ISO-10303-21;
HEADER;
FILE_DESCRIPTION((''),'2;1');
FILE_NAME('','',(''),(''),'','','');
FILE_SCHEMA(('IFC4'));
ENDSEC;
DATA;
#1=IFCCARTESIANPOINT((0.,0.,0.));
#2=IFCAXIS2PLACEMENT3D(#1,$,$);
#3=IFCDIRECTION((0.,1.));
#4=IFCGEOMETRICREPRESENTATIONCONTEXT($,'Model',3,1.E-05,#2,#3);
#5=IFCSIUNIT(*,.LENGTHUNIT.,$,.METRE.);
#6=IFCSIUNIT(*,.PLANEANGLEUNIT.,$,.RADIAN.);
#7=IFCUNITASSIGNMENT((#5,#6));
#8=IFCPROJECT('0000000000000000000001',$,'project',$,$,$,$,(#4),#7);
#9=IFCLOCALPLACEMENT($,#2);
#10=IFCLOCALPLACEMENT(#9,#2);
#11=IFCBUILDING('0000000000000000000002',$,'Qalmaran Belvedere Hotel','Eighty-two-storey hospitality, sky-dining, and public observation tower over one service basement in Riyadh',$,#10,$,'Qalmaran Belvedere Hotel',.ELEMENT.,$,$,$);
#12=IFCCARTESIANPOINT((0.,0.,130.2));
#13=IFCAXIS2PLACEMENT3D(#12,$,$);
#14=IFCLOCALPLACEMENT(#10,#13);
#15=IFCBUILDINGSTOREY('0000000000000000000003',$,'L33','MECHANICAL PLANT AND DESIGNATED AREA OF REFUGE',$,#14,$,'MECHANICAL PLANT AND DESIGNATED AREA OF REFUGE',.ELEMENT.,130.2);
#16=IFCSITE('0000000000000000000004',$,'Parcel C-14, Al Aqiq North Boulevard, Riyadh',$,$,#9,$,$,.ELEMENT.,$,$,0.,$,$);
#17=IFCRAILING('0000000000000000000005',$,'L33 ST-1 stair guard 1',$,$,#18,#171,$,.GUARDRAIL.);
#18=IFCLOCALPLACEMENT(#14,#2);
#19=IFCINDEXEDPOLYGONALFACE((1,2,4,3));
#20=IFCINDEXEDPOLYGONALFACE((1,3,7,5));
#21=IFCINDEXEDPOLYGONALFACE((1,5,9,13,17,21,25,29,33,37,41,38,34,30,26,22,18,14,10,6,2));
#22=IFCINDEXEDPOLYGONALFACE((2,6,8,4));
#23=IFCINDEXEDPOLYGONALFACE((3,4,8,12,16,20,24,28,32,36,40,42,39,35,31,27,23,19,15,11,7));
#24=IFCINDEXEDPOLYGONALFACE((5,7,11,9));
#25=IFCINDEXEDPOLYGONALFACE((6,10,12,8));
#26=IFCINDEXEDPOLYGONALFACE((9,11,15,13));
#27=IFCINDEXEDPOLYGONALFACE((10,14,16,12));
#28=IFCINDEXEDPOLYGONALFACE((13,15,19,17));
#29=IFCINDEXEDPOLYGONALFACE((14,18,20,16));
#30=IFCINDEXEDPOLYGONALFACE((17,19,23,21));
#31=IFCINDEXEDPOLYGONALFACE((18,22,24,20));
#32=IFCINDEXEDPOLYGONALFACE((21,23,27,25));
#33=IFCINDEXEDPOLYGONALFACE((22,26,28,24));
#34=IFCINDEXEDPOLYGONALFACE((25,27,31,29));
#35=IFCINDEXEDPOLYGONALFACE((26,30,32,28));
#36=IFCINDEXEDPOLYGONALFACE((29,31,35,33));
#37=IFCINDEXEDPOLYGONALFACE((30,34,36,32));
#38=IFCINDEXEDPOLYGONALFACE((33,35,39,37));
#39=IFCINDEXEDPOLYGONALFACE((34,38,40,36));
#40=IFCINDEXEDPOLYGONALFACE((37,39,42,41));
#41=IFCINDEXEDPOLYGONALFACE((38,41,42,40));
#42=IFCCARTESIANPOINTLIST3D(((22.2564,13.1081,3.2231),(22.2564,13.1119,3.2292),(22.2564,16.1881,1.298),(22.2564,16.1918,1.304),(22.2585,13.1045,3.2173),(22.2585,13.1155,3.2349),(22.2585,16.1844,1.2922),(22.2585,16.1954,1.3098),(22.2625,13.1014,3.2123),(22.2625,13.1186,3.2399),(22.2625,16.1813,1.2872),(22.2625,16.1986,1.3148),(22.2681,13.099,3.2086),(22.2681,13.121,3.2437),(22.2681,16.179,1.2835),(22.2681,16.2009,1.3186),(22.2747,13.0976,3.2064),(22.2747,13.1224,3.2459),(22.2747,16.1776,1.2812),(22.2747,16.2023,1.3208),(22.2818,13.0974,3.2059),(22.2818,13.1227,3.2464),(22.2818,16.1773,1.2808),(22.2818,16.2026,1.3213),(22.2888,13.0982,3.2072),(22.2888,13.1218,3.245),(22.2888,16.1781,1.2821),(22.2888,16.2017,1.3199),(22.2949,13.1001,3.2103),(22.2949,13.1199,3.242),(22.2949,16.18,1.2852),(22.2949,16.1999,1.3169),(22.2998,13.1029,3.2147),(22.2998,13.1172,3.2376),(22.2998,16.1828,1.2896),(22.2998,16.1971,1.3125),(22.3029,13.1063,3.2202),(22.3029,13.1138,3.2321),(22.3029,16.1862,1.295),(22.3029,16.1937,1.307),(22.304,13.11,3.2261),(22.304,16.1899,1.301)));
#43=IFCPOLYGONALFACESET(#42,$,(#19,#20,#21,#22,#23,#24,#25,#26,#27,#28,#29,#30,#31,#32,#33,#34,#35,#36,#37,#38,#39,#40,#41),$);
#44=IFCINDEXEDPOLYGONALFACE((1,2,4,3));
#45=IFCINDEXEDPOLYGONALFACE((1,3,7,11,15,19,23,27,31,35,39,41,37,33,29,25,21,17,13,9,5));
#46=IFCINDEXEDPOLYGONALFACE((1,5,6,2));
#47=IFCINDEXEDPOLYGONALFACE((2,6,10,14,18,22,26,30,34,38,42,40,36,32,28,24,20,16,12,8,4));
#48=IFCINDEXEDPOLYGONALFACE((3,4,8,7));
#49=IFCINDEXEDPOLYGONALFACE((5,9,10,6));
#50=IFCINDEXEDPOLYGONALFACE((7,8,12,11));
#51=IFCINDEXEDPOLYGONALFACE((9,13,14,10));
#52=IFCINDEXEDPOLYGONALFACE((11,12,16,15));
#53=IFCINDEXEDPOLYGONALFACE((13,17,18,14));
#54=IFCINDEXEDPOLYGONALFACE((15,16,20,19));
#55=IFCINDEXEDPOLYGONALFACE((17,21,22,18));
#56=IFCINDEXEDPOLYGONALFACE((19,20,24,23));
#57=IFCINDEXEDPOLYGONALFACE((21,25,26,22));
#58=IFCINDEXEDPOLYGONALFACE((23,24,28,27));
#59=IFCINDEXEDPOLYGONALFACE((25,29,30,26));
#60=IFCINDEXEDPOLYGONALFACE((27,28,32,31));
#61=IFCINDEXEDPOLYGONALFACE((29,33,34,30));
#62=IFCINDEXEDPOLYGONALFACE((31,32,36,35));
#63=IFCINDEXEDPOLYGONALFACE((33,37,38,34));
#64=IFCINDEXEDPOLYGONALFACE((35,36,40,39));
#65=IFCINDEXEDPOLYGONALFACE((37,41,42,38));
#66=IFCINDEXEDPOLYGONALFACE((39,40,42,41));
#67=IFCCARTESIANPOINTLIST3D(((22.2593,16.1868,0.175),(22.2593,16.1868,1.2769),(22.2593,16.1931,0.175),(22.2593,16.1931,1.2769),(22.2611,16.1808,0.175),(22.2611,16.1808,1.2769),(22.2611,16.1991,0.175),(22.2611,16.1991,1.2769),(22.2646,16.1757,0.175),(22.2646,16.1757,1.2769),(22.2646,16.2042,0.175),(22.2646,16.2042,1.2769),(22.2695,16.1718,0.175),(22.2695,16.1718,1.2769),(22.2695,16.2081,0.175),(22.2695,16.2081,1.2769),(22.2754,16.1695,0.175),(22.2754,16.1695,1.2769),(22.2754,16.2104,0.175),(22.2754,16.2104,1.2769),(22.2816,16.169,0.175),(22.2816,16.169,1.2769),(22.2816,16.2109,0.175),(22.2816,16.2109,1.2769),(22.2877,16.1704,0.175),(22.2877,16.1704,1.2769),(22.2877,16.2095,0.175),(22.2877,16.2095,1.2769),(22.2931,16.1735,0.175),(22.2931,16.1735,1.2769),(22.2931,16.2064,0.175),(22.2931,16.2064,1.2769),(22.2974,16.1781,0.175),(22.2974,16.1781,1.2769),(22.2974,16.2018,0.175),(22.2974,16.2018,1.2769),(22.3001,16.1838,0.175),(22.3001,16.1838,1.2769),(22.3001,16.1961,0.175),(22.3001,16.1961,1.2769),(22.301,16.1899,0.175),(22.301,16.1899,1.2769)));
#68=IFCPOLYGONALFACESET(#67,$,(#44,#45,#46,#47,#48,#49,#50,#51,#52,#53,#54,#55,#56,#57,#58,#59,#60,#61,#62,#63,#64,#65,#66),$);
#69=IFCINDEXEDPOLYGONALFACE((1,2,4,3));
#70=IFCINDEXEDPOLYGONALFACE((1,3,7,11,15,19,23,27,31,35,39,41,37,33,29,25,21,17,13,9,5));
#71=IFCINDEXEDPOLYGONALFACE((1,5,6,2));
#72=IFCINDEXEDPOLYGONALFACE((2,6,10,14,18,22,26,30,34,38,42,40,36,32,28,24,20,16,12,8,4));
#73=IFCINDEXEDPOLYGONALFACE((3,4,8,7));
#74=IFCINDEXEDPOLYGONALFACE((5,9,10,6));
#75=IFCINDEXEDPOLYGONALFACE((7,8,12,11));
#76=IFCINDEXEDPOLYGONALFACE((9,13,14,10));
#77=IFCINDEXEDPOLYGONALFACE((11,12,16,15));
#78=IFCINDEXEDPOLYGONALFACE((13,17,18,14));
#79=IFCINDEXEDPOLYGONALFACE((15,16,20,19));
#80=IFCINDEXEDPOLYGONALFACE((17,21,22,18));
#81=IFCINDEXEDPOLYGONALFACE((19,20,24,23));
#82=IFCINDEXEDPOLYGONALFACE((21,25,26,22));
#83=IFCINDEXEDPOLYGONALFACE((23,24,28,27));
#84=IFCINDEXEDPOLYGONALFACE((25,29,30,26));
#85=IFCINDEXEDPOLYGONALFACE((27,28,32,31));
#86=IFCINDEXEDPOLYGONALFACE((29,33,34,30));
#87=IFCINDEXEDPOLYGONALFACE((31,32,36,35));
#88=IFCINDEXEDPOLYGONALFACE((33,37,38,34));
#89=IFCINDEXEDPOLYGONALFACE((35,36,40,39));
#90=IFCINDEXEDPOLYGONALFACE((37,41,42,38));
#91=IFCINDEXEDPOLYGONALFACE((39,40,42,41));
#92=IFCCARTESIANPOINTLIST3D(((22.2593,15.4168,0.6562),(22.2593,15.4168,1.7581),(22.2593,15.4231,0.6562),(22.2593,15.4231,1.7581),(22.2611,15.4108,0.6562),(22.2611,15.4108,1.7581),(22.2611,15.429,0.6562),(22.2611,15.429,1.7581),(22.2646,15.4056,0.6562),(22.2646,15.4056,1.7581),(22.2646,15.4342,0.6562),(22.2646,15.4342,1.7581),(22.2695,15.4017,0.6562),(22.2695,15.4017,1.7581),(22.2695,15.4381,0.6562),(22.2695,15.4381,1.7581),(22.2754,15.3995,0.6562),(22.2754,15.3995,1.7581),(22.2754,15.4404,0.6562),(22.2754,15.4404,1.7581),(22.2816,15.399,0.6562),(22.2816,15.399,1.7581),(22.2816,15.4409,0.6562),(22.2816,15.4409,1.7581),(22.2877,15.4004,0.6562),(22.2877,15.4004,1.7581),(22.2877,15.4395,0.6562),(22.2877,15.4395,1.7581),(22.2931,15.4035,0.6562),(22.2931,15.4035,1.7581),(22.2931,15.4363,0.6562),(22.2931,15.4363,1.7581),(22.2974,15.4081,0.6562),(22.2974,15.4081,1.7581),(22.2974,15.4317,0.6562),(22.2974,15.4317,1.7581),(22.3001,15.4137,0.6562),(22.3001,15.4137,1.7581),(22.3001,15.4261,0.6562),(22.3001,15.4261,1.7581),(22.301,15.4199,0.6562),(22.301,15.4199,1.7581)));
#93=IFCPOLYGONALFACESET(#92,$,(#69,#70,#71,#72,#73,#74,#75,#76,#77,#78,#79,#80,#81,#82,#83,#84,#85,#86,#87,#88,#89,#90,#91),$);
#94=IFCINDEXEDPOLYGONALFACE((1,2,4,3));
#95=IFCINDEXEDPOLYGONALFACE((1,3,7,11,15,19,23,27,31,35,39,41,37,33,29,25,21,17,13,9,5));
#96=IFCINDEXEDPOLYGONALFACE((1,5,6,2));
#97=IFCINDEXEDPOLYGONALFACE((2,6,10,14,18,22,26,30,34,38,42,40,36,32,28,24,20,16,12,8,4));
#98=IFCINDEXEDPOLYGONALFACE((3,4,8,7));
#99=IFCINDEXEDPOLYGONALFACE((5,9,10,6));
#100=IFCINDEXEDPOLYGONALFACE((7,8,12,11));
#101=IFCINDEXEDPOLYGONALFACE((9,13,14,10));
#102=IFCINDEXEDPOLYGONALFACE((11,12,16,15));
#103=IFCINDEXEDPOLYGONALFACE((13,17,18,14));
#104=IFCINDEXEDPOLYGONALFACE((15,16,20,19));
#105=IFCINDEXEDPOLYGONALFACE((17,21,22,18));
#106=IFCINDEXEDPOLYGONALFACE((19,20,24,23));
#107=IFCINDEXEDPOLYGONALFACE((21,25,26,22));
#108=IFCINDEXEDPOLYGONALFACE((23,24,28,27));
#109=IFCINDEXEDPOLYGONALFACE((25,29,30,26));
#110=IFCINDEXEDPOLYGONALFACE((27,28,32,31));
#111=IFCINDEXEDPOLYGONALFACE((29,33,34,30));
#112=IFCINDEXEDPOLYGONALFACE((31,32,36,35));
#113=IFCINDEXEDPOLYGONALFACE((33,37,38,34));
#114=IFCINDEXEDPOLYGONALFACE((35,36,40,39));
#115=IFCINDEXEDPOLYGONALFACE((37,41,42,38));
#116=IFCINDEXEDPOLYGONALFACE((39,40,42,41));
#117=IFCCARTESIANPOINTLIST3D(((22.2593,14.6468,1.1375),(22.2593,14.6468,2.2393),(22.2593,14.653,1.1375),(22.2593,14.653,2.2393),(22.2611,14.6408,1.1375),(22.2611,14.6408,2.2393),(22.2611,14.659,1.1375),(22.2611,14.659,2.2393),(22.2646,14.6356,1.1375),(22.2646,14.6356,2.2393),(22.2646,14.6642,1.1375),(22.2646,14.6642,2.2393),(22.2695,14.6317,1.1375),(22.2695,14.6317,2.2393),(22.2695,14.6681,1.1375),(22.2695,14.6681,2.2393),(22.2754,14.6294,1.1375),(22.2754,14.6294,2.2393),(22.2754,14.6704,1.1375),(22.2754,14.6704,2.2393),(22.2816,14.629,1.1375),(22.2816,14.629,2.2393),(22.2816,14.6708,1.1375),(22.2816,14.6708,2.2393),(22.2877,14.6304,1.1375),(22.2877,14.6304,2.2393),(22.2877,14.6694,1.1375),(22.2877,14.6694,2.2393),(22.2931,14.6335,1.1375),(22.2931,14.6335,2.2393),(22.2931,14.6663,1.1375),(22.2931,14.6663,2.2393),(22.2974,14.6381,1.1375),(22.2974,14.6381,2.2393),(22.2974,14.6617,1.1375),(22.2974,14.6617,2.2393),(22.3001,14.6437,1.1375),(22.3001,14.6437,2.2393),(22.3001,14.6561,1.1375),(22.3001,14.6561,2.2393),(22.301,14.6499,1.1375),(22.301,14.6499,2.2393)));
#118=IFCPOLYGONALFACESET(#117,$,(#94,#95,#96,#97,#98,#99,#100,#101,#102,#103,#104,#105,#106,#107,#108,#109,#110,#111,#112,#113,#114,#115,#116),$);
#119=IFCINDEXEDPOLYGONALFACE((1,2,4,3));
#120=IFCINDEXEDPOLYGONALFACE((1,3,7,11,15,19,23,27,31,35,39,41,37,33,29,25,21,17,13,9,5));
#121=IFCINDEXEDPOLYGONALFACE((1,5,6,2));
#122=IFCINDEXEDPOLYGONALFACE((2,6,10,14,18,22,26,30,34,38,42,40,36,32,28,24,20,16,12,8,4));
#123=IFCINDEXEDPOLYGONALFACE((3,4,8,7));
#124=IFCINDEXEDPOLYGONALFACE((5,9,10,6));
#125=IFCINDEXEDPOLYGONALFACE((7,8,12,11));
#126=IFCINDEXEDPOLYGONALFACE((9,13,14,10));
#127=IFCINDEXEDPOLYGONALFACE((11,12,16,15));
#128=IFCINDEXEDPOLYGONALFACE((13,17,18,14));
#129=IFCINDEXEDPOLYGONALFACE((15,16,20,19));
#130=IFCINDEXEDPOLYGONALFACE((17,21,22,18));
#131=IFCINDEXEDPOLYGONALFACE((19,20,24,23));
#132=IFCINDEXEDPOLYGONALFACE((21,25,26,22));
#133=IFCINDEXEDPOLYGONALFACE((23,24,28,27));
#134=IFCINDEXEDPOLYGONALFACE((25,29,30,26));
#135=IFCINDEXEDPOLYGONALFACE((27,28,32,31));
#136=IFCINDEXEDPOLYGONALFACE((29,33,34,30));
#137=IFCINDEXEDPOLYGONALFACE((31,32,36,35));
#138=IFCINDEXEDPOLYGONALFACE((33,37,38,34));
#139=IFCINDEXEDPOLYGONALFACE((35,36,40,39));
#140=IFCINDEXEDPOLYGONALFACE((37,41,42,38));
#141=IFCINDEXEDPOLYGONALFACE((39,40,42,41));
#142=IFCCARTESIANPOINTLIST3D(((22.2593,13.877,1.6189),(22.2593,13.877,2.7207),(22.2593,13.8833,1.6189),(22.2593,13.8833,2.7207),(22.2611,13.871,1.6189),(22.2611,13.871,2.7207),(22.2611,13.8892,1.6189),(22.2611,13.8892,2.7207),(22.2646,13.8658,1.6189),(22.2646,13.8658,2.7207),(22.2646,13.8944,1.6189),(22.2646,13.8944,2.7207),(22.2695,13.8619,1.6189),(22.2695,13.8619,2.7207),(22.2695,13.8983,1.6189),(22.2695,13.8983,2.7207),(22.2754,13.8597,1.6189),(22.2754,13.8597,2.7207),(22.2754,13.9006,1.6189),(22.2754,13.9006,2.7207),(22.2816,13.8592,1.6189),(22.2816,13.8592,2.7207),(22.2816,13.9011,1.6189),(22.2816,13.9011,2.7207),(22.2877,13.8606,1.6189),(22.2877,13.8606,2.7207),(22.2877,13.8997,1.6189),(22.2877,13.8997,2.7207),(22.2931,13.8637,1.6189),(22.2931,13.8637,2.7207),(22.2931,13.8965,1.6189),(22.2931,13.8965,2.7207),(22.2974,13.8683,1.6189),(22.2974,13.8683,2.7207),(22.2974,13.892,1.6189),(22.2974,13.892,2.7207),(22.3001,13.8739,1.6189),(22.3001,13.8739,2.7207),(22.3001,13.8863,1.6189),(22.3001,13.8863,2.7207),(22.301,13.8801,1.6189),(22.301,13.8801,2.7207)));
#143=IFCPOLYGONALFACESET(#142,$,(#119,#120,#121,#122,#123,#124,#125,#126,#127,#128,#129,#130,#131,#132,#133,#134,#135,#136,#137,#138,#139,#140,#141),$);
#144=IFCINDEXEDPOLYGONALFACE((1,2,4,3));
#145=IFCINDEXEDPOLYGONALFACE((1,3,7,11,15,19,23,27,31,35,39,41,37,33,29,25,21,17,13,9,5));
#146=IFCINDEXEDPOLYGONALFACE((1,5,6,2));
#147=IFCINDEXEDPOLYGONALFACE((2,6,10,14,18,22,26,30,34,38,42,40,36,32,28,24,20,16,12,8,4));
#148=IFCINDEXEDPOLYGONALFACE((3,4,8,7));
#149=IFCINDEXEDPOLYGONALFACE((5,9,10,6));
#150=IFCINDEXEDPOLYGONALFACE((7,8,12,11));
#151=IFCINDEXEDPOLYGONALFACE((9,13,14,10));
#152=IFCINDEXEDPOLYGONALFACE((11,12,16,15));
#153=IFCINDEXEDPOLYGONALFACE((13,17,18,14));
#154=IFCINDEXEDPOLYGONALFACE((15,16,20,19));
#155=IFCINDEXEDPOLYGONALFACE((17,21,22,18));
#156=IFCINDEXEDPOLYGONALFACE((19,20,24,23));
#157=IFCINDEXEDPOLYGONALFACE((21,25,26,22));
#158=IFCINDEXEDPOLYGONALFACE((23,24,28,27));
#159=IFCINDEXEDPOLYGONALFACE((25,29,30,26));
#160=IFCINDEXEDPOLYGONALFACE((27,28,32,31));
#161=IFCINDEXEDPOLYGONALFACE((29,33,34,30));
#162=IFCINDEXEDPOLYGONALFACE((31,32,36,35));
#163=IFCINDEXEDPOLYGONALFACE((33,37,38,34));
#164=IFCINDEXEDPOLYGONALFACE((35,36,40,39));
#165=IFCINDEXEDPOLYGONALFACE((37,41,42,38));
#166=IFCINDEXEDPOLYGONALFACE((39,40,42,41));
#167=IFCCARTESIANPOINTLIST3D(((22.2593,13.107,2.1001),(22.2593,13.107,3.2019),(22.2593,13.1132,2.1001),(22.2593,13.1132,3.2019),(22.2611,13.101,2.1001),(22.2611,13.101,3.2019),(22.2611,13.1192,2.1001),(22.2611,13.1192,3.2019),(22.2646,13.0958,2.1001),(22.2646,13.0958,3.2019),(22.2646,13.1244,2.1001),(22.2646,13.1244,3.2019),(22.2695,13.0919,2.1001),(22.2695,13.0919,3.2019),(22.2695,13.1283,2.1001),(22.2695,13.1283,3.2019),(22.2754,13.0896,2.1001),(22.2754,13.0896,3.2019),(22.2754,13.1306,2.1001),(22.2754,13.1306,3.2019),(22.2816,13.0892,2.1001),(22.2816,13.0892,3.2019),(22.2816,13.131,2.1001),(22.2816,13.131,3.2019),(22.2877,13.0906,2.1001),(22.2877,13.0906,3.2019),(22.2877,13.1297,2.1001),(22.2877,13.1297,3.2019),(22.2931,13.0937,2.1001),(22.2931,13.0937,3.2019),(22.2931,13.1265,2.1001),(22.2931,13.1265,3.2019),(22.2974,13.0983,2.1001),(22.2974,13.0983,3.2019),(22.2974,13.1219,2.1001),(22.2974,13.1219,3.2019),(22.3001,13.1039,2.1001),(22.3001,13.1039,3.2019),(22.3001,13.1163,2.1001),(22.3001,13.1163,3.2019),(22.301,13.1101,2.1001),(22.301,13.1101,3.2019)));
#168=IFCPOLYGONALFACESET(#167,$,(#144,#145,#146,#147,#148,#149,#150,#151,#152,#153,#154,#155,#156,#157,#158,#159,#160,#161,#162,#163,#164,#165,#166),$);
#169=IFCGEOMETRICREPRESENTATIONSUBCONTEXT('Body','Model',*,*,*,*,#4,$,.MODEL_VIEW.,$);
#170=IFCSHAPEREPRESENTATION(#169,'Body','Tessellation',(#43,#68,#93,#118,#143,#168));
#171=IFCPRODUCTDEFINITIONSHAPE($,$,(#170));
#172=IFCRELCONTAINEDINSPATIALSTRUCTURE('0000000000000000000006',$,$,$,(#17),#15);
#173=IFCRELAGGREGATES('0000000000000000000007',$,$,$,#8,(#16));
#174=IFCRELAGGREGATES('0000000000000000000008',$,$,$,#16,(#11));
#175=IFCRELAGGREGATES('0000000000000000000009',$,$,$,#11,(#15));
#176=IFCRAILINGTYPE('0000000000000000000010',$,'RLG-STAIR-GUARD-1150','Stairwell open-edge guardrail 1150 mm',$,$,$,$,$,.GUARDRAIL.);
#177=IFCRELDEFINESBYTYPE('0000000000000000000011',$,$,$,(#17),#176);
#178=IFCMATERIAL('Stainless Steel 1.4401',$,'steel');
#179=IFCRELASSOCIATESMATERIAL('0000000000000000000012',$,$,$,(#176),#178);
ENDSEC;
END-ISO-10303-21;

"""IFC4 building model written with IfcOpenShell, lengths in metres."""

from ifc_helpers import new_model, si_unit, direction, frame, origin, origin_2d, place, context, subcontext, project, spatial, circle, extrude, material, type_object, element, save


model = new_model("IFC4")

# Units and contexts
model_context = context("Model", 3, precision=1e-05, world=origin(), true_north=direction((0.0, 1.0)))
body_context = subcontext(model_context, "Body", "Model", "MODEL_VIEW")
ifc_project = project(units=[si_unit("LENGTHUNIT", "METRE"), si_unit("PLANEANGLEUNIT", "RADIAN")], contexts=[model_context])

# Site, building, storey
site_placement = place(None, origin())
site = spatial("IfcSite", under=ifc_project, at=site_placement, Name="Parcel C-14, Al Aqiq North Boulevard, Riyadh", CompositionType="ELEMENT", RefElevation=0.0)
building_placement = place(site_placement, origin())
building = spatial("IfcBuilding", under=site, at=building_placement, Name="Qalmaran Belvedere Hotel", Description="Eighty-two-storey hospitality, sky-dining, and public observation tower over one service basement in Riyadh", LongName="Qalmaran Belvedere Hotel", CompositionType="ELEMENT")
storey_placement = place(building_placement, frame((0.0, 0.0, 130.2)))
storey = spatial("IfcBuildingStorey", under=building, at=storey_placement, Name="L33", Description="MECHANICAL PLANT AND DESIGNATED AREA OF REFUGE", LongName="MECHANICAL PLANT AND DESIGNATED AREA OF REFUGE", CompositionType="ELEMENT", Elevation=130.2)

# Railing
ifc_material_1 = material(Name="Stainless Steel 1.4401", Category="steel")
railing_type_1 = type_object("IfcRailingType", Name="RLG-STAIR-GUARD-1150", Description="Stairwell open-edge guardrail 1150 mm", PredefinedType="GUARDRAIL", material=ifc_material_1)
railing_1_placement = place(storey_placement, frame((22.28, 16.1899, 0.175)))
element("IfcRailing", 1, at=railing_1_placement, inside=storey, type_object=railing_type_1, Name="L33 ST-1 stair guard 1", PredefinedType="GUARDRAIL", context=body_context, shape_type="SweptSolid", body=[
    extrude(circle(Radius=0.0239, at=origin_2d()), frame((0.0, 0.0, 1.126), z_axis=(0.0, -0.847979, 0.530029), x_axis=(1.0, 0.0, 0.0)), (0.0, 0.0, 1.0), 3.6321),
    extrude(circle(Radius=0.021, at=origin_2d()), origin(), (0.0, 0.0, 1.0), 1.1018),
    extrude(circle(Radius=0.021, at=origin_2d()), frame((0.0, -0.77, 0.4812)), (0.0, 0.0, 1.0), 1.1018),
    extrude(circle(Radius=0.021, at=origin_2d()), frame((0.0, -1.54, 0.9624)), (0.0, 0.0, 1.0), 1.1018),
    extrude(circle(Radius=0.021, at=origin_2d()), frame((0.0, -2.3098, 1.4438)), (0.0, 0.0, 1.0), 1.1018),
    extrude(circle(Radius=0.021, at=origin_2d()), frame((0.0, -3.0798, 1.925)), (0.0, 0.0, 1.0), 1.1018),
])

save(model, "model.ifc")
